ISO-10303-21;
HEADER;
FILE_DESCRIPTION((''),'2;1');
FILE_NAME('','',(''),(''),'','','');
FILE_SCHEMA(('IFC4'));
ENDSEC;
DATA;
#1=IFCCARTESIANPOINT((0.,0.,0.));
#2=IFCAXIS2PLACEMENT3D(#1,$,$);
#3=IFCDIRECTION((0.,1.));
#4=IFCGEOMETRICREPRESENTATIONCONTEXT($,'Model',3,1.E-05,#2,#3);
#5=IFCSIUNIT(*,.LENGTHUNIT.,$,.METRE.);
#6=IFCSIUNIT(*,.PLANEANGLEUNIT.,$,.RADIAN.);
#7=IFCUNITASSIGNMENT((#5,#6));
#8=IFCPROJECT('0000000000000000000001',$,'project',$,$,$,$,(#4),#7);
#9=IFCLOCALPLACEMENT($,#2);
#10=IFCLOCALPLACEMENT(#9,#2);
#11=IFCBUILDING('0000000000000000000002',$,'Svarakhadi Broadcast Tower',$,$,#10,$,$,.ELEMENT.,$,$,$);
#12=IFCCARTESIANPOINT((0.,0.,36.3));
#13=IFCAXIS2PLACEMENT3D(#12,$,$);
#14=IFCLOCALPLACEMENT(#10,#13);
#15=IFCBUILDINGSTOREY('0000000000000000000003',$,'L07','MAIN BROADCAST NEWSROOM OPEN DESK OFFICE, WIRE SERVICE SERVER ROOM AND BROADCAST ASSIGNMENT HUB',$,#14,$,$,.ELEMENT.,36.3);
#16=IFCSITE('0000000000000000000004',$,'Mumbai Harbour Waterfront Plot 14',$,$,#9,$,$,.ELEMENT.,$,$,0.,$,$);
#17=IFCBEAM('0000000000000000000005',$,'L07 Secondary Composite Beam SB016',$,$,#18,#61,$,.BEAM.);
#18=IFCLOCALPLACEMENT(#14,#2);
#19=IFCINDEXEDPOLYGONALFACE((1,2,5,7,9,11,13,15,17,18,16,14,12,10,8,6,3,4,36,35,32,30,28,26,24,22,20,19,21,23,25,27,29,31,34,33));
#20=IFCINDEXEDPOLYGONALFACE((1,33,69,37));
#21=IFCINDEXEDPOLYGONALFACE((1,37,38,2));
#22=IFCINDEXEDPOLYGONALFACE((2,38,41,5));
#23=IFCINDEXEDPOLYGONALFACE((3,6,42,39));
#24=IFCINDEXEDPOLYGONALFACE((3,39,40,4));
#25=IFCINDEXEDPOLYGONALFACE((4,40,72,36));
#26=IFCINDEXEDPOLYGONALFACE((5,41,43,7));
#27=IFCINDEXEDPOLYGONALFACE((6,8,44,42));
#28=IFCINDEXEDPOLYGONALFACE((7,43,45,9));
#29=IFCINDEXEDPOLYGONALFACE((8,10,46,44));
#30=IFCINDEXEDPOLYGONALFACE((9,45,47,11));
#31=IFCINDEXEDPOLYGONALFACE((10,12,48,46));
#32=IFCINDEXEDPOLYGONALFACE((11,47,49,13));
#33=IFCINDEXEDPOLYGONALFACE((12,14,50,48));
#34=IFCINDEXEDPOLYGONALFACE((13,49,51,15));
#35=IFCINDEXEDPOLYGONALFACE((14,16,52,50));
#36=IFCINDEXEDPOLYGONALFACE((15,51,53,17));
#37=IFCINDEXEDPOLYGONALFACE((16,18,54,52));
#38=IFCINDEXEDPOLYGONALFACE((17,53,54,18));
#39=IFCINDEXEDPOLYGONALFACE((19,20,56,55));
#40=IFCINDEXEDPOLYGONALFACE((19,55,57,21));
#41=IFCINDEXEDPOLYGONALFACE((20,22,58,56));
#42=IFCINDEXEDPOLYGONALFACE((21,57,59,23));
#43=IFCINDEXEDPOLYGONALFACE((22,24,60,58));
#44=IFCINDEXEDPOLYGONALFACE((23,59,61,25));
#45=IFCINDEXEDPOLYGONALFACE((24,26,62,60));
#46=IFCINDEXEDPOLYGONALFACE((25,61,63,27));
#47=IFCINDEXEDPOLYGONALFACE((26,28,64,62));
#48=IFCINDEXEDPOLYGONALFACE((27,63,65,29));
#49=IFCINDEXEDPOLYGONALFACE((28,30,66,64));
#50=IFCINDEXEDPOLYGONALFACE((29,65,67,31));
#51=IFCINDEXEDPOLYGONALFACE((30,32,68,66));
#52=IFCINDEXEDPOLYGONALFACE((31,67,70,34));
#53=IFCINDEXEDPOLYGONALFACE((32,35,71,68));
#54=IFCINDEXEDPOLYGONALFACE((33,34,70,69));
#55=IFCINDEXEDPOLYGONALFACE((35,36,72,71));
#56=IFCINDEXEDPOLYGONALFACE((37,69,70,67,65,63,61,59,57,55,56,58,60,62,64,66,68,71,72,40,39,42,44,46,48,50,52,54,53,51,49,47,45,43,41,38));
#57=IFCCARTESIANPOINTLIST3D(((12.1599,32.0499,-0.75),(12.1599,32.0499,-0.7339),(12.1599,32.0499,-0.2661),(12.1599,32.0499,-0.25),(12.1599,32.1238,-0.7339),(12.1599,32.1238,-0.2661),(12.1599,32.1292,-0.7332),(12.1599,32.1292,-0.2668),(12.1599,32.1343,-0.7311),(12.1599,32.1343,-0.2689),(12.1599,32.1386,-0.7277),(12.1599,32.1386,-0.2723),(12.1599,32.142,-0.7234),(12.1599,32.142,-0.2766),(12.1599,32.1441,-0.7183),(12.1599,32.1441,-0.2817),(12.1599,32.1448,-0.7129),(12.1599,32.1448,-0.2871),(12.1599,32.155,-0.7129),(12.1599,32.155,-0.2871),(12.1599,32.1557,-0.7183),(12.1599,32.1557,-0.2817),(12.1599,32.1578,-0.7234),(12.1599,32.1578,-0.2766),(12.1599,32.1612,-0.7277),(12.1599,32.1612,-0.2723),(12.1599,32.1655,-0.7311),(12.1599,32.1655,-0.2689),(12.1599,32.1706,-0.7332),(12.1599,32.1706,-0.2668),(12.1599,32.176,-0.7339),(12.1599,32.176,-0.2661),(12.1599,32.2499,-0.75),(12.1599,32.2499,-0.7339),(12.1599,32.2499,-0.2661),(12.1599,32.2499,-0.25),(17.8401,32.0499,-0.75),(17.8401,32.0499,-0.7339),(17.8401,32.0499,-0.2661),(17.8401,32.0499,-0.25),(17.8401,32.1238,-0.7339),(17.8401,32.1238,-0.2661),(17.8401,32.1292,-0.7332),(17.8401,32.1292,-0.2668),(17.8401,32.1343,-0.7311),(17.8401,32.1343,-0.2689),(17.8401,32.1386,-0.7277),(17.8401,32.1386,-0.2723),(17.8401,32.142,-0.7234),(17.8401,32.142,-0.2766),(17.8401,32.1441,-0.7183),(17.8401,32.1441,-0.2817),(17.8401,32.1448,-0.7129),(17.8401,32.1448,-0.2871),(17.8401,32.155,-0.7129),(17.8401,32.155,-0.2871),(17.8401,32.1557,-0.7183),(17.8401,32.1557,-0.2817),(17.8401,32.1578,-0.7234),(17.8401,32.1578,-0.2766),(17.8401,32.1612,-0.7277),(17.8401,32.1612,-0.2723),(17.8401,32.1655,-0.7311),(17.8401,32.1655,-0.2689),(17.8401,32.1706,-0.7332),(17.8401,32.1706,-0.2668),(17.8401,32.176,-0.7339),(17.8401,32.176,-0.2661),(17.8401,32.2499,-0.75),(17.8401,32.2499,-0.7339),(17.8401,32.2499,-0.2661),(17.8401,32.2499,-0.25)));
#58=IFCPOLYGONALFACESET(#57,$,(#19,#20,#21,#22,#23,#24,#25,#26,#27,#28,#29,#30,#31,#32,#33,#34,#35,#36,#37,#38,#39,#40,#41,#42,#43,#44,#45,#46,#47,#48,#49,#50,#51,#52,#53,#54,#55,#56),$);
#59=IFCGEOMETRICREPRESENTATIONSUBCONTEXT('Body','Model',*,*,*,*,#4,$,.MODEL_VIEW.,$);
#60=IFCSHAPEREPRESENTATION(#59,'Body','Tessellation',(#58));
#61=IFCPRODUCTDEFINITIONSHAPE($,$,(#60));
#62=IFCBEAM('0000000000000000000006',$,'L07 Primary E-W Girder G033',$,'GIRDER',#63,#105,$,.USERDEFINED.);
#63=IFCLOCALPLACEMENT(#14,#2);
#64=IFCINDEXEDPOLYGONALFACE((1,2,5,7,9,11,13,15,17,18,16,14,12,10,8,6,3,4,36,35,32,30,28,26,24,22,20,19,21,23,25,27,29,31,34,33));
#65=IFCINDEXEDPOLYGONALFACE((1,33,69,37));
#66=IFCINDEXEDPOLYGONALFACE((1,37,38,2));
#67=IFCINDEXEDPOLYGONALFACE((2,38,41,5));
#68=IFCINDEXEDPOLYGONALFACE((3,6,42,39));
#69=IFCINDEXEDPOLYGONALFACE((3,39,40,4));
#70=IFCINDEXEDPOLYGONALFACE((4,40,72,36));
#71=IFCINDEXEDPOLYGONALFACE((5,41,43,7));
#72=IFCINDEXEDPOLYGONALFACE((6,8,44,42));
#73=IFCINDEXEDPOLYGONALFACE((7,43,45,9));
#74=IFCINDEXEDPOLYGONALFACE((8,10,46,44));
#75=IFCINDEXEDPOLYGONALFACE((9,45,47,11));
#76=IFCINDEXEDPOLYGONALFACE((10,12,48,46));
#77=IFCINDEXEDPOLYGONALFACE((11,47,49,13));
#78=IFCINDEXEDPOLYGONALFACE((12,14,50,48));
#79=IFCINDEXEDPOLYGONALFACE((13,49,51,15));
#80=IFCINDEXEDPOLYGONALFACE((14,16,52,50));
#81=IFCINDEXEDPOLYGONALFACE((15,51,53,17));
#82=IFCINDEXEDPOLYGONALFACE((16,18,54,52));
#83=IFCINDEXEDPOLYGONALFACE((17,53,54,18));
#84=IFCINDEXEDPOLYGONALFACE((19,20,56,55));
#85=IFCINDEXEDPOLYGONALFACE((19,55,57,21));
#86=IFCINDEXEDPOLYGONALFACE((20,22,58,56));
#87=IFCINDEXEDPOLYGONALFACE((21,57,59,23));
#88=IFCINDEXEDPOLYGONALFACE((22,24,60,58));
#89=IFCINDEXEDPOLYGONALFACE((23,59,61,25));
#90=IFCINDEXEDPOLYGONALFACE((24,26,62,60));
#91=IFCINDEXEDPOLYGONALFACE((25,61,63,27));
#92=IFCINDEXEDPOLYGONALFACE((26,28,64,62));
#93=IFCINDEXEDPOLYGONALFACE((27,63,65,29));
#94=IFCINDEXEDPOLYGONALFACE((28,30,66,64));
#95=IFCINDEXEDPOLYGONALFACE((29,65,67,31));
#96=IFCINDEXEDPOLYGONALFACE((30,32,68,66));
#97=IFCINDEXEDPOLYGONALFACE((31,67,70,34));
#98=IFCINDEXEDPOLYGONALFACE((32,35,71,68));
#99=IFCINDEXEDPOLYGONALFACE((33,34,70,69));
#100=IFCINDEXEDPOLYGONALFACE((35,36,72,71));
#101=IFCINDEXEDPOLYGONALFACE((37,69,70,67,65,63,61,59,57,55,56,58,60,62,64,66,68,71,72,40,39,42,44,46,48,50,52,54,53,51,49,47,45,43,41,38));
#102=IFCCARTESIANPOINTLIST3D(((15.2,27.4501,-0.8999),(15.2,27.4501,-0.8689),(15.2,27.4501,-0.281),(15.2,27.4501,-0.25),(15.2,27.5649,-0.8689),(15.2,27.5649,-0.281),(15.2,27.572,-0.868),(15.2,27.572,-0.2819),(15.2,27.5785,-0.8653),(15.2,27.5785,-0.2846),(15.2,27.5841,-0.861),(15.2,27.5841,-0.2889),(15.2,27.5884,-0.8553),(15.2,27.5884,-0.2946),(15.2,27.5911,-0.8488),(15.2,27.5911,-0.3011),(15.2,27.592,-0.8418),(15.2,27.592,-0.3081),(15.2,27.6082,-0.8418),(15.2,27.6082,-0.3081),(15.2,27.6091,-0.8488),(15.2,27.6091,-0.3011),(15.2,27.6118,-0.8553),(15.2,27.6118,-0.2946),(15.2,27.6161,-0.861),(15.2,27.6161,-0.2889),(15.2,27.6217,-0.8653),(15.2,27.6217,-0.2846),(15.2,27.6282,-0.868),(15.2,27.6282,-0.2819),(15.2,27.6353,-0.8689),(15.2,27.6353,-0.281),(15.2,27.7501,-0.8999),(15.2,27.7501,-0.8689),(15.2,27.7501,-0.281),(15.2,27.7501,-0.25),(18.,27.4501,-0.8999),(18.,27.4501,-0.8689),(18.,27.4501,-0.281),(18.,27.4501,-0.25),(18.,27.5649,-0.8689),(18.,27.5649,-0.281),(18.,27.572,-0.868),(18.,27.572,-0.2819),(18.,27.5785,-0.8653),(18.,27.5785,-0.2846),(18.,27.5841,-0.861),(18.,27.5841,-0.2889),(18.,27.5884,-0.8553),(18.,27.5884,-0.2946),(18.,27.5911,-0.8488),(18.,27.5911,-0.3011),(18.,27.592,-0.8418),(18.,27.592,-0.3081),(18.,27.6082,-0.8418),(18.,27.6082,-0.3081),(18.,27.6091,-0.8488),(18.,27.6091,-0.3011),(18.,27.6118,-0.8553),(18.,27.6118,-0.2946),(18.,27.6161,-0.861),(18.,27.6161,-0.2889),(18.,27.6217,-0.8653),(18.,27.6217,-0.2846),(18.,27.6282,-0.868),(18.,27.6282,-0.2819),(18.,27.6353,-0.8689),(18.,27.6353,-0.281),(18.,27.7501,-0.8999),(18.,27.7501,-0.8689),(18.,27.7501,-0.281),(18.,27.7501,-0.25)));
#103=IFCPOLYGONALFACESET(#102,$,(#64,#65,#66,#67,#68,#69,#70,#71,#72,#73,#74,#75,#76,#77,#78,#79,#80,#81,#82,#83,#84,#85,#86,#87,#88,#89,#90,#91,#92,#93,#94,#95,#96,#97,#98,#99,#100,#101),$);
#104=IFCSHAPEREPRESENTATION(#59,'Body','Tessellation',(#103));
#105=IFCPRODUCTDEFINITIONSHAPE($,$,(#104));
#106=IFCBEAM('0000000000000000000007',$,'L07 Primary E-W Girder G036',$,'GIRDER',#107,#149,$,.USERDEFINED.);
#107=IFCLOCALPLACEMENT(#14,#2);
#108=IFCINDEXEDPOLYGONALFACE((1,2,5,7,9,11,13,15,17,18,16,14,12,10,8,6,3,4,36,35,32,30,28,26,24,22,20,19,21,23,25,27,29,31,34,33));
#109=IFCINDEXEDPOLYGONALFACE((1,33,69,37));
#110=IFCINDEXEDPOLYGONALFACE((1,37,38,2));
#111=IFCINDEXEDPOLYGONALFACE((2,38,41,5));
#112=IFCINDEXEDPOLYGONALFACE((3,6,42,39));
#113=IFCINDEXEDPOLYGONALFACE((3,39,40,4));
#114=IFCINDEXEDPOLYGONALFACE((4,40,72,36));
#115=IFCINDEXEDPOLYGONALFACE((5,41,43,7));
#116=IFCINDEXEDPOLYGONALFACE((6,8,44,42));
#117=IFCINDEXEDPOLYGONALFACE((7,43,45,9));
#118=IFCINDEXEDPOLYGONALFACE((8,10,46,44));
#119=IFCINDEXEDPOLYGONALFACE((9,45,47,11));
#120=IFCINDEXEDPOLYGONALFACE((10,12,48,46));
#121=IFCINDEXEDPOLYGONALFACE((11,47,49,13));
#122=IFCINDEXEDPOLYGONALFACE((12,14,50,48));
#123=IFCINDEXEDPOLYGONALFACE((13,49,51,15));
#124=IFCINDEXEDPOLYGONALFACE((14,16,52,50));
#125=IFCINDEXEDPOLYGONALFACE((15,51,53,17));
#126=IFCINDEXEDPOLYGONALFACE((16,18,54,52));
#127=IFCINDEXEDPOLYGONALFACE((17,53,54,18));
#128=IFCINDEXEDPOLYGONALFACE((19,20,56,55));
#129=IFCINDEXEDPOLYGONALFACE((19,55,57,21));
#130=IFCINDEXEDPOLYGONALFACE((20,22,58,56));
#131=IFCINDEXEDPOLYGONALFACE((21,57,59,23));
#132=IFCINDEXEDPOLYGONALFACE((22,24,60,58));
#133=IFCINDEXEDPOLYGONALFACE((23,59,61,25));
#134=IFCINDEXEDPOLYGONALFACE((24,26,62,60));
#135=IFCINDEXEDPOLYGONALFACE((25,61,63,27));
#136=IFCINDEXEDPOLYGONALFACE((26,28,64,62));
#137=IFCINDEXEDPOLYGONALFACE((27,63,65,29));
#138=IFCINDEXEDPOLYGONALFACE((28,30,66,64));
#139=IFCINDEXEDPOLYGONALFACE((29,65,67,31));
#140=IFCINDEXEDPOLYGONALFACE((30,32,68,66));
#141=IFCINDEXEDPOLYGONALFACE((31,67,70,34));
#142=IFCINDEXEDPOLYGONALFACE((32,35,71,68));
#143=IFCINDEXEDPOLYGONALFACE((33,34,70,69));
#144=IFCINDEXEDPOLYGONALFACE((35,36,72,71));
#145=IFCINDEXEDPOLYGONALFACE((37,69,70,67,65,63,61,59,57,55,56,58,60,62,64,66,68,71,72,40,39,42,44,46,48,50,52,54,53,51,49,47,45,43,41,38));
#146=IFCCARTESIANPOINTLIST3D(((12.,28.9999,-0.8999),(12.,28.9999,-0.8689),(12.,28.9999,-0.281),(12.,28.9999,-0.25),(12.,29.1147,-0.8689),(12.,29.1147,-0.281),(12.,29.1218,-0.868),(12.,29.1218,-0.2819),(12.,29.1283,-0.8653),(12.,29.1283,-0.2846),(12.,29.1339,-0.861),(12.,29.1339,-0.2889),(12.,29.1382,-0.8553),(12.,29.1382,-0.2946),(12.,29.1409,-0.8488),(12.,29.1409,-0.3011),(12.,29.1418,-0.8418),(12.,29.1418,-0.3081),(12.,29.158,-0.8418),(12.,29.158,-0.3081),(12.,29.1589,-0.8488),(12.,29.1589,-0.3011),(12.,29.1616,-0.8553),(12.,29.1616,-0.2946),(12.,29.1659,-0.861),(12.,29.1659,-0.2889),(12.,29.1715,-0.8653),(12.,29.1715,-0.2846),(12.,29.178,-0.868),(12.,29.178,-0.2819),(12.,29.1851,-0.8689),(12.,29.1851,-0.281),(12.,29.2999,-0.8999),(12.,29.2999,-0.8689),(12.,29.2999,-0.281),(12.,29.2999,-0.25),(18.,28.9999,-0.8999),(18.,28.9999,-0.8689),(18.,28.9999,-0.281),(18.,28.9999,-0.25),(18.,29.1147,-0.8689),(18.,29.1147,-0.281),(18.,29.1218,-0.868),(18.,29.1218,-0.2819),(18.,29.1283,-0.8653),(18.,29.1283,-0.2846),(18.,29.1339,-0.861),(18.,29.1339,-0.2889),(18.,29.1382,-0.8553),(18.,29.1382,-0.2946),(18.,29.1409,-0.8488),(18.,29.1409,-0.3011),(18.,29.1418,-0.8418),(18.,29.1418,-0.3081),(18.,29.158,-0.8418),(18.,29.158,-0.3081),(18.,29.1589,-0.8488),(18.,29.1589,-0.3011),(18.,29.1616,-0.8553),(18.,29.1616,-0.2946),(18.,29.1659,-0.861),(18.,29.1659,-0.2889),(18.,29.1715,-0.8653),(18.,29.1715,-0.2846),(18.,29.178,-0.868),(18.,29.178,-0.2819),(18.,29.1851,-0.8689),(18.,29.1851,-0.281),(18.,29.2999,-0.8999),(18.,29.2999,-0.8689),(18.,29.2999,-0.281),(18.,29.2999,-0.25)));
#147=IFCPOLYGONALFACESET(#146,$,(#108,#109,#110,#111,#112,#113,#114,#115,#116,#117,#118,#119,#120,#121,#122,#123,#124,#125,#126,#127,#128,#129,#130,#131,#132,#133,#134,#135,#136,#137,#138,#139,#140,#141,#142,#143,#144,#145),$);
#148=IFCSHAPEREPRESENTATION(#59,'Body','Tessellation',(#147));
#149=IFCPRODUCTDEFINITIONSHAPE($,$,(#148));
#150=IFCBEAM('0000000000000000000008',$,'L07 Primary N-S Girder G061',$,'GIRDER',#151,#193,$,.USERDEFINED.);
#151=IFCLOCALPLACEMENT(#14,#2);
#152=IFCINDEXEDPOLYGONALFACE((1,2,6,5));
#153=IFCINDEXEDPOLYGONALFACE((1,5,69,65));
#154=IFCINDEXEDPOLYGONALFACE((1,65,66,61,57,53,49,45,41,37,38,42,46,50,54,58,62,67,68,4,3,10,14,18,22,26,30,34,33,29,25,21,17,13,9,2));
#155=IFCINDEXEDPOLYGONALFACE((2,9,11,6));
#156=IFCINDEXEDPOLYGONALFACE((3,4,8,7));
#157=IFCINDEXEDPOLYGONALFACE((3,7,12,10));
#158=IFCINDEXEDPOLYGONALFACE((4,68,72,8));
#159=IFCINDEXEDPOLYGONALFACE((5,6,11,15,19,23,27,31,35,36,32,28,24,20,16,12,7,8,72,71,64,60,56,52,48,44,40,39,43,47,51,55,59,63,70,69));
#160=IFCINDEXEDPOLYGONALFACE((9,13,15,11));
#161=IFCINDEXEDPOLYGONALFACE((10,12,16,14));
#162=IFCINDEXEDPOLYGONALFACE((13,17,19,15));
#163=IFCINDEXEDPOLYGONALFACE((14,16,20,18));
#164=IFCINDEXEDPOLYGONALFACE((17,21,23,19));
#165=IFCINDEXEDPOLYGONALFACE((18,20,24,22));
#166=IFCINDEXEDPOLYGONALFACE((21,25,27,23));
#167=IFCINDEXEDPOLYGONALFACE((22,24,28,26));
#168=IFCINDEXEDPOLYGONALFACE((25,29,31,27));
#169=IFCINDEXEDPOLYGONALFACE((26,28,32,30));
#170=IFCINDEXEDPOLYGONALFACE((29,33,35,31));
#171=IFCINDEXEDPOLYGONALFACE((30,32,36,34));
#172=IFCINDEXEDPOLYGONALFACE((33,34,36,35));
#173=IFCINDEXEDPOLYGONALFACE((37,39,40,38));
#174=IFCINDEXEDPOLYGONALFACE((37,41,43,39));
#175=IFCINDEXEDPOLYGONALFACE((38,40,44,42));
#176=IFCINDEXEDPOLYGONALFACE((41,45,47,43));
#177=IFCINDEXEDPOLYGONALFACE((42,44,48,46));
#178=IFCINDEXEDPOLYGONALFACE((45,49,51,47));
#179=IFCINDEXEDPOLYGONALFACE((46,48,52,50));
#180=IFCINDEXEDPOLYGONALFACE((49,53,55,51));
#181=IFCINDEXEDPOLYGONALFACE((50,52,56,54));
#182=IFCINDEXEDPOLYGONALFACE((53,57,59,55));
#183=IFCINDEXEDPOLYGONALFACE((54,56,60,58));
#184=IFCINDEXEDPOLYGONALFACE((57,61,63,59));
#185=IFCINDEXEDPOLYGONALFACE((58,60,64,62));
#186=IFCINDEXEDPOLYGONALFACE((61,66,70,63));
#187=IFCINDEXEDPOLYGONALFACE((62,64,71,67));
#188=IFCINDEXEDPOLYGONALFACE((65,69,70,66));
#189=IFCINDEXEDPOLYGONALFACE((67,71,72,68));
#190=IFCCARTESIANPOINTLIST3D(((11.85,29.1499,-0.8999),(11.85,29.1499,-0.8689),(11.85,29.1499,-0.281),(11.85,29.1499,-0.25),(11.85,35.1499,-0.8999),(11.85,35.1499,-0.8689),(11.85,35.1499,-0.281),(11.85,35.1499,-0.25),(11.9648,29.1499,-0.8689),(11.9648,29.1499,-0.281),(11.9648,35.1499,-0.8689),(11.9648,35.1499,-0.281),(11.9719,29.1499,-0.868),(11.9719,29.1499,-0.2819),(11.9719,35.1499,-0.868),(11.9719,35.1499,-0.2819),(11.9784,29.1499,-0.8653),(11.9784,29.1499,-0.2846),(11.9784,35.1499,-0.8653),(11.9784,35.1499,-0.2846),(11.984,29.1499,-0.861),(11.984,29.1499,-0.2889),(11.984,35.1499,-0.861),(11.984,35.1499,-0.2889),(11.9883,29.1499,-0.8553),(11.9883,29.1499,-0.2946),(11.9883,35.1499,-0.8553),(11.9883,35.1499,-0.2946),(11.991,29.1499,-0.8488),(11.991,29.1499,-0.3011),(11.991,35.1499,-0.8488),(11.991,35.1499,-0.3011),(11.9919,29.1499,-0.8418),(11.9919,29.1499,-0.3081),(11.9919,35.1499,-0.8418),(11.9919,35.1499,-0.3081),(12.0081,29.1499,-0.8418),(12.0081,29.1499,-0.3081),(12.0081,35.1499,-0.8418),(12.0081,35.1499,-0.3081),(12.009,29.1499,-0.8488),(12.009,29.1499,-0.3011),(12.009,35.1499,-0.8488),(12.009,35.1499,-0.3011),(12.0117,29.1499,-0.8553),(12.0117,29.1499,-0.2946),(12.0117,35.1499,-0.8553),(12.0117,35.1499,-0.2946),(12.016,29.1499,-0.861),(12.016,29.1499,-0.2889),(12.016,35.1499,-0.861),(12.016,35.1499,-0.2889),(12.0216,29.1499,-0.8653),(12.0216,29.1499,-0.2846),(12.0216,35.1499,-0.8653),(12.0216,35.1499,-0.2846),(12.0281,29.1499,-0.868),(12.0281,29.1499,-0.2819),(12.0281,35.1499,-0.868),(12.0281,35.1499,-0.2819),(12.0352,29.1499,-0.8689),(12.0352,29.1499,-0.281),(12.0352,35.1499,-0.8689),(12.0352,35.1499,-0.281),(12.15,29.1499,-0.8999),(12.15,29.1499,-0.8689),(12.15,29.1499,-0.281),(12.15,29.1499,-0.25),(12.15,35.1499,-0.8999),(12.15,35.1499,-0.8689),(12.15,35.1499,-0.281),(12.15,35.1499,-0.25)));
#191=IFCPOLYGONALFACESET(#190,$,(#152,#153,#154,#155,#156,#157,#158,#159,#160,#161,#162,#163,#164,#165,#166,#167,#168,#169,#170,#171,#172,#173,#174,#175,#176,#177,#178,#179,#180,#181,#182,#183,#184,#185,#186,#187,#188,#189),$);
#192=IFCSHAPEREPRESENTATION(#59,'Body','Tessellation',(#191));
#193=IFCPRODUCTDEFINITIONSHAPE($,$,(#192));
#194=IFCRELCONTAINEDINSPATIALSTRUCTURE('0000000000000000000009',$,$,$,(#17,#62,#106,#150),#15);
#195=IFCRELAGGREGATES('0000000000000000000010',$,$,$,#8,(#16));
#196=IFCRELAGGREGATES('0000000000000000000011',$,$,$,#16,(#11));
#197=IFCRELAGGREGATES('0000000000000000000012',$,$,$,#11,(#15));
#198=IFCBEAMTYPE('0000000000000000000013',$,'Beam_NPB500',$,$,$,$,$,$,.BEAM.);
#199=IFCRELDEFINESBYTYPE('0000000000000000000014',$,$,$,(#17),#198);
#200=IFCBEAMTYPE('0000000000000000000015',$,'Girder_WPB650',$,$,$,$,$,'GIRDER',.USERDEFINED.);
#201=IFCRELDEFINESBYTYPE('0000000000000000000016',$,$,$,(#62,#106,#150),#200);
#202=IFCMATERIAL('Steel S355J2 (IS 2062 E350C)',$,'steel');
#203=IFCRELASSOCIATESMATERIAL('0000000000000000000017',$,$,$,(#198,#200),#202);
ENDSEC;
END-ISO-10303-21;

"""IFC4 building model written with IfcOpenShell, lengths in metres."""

from ifc_helpers import new_model, si_unit, direction, frame, origin, origin_2d, place, context, subcontext, project, spatial, i_section, extrude, material, material_profile, profile_set, type_object, element, save


model = new_model("IFC4")

# Units and contexts
model_context = context("Model", 3, precision=1e-05, world=origin(), true_north=direction((0.0, 1.0)))
body_context = subcontext(model_context, "Body", "Model", "MODEL_VIEW")
ifc_project = project(units=[si_unit("LENGTHUNIT", "METRE"), si_unit("PLANEANGLEUNIT", "RADIAN")], contexts=[model_context])

# Site, building, storey
site_placement = place(None, origin())
site = spatial("IfcSite", under=ifc_project, at=site_placement, Name="Mumbai Harbour Waterfront Plot 14", CompositionType="ELEMENT", RefElevation=0.0)
building_placement = place(site_placement, origin())
building = spatial("IfcBuilding", under=site, at=building_placement, Name="Svarakhadi Broadcast Tower", CompositionType="ELEMENT")
storey_placement = place(building_placement, frame((0.0, 0.0, 36.3)))
storey = spatial("IfcBuildingStorey", under=building, at=storey_placement, Name="L07", Description="MAIN BROADCAST NEWSROOM OPEN DESK OFFICE, WIRE SERVICE SERVER ROOM AND BROADCAST ASSIGNMENT HUB", CompositionType="ELEMENT", Elevation=36.3)

# Beams
ifc_material_1 = material(Name="Steel S355J2 (IS 2062 E350C)", Category="steel")
ifc_material_profile_1 = material_profile(ifc_material_1, i_section(OverallWidth=0.2, OverallDepth=0.5, WebThickness=0.0103, FlangeThickness=0.0161, FilletRadius=0.021, at=origin_2d()), Name="NPB 500x200x91")
ifc_profile_set_1 = profile_set([ifc_material_profile_1], Name="Steel S355J2 (IS 2062 E350C)")
beam_type_1 = type_object("IfcBeamType", Name="Beam_NPB500", PredefinedType="BEAM", material=ifc_profile_set_1)
beam_1_placement = place(storey_placement, frame((12.1599, 32.1499, -0.5), z_axis=(1.0, 0.0, 0.0), x_axis=(0.0, 1.0, 0.0)))
element("IfcBeam", 1, at=beam_1_placement, inside=storey, type_object=beam_type_1, Name="L07 Secondary Composite Beam SB016", PredefinedType="BEAM", context=body_context, shape_type="SweptSolid", body=[
    extrude(i_section(OverallWidth=0.2, OverallDepth=0.5, WebThickness=0.0103, FlangeThickness=0.0161, FilletRadius=0.021, at=origin_2d()), origin(), (0.0, 0.0, 1.0), 5.6802),
])
ifc_material_profile_2 = material_profile(ifc_material_1, i_section(OverallWidth=0.3, OverallDepth=0.6499, WebThickness=0.0161, FlangeThickness=0.031, FilletRadius=0.0271, at=origin_2d()), Name="WPB 650x300x225")
ifc_profile_set_2 = profile_set([ifc_material_profile_2], Name="Steel S355J2 (IS 2062 E350C)")
beam_type_2 = type_object("IfcBeamType", Name="Girder_WPB650", ElementType="GIRDER", PredefinedType="USERDEFINED", material=ifc_profile_set_2)
beam_2_placement = place(storey_placement, frame((15.2, 27.6001, -0.575), z_axis=(1.0, 0.0, 0.0), x_axis=(0.0, 1.0, 0.0)))
element("IfcBeam", 2, at=beam_2_placement, inside=storey, type_object=beam_type_2, Name="L07 Primary E-W Girder G033", ObjectType="GIRDER", PredefinedType="USERDEFINED", context=body_context, shape_type="SweptSolid", body=[
    extrude(i_section(OverallWidth=0.3, OverallDepth=0.6499, WebThickness=0.0161, FlangeThickness=0.031, FilletRadius=0.0271, at=origin_2d()), origin(), (0.0, 0.0, 1.0), 2.8),
])
for number, where, z_axis, x_axis, name in (
    (3, (12.0, 29.1499, -0.575), (1.0, 0.0, 0.0), (0.0, 1.0, 0.0), "L07 Primary E-W Girder G036"),
    (4, (12.0, 29.1499, -0.575), (0.0, 1.0, 0.0), (-1.0, 0.0, 0.0), "L07 Primary N-S Girder G061"),
):
    element("IfcBeam", number, at=place(storey_placement, frame(where, z_axis=z_axis, x_axis=x_axis)), inside=storey, type_object=beam_type_2, Name=name, ObjectType="GIRDER", PredefinedType="USERDEFINED", context=body_context, shape_type="SweptSolid", body=[
        extrude(i_section(OverallWidth=0.3, OverallDepth=0.6499, WebThickness=0.0161, FlangeThickness=0.031, FilletRadius=0.0271, at=origin_2d()), origin(), (0.0, 0.0, 1.0), 6.0),
    ])

save(model, "model.ifc")
